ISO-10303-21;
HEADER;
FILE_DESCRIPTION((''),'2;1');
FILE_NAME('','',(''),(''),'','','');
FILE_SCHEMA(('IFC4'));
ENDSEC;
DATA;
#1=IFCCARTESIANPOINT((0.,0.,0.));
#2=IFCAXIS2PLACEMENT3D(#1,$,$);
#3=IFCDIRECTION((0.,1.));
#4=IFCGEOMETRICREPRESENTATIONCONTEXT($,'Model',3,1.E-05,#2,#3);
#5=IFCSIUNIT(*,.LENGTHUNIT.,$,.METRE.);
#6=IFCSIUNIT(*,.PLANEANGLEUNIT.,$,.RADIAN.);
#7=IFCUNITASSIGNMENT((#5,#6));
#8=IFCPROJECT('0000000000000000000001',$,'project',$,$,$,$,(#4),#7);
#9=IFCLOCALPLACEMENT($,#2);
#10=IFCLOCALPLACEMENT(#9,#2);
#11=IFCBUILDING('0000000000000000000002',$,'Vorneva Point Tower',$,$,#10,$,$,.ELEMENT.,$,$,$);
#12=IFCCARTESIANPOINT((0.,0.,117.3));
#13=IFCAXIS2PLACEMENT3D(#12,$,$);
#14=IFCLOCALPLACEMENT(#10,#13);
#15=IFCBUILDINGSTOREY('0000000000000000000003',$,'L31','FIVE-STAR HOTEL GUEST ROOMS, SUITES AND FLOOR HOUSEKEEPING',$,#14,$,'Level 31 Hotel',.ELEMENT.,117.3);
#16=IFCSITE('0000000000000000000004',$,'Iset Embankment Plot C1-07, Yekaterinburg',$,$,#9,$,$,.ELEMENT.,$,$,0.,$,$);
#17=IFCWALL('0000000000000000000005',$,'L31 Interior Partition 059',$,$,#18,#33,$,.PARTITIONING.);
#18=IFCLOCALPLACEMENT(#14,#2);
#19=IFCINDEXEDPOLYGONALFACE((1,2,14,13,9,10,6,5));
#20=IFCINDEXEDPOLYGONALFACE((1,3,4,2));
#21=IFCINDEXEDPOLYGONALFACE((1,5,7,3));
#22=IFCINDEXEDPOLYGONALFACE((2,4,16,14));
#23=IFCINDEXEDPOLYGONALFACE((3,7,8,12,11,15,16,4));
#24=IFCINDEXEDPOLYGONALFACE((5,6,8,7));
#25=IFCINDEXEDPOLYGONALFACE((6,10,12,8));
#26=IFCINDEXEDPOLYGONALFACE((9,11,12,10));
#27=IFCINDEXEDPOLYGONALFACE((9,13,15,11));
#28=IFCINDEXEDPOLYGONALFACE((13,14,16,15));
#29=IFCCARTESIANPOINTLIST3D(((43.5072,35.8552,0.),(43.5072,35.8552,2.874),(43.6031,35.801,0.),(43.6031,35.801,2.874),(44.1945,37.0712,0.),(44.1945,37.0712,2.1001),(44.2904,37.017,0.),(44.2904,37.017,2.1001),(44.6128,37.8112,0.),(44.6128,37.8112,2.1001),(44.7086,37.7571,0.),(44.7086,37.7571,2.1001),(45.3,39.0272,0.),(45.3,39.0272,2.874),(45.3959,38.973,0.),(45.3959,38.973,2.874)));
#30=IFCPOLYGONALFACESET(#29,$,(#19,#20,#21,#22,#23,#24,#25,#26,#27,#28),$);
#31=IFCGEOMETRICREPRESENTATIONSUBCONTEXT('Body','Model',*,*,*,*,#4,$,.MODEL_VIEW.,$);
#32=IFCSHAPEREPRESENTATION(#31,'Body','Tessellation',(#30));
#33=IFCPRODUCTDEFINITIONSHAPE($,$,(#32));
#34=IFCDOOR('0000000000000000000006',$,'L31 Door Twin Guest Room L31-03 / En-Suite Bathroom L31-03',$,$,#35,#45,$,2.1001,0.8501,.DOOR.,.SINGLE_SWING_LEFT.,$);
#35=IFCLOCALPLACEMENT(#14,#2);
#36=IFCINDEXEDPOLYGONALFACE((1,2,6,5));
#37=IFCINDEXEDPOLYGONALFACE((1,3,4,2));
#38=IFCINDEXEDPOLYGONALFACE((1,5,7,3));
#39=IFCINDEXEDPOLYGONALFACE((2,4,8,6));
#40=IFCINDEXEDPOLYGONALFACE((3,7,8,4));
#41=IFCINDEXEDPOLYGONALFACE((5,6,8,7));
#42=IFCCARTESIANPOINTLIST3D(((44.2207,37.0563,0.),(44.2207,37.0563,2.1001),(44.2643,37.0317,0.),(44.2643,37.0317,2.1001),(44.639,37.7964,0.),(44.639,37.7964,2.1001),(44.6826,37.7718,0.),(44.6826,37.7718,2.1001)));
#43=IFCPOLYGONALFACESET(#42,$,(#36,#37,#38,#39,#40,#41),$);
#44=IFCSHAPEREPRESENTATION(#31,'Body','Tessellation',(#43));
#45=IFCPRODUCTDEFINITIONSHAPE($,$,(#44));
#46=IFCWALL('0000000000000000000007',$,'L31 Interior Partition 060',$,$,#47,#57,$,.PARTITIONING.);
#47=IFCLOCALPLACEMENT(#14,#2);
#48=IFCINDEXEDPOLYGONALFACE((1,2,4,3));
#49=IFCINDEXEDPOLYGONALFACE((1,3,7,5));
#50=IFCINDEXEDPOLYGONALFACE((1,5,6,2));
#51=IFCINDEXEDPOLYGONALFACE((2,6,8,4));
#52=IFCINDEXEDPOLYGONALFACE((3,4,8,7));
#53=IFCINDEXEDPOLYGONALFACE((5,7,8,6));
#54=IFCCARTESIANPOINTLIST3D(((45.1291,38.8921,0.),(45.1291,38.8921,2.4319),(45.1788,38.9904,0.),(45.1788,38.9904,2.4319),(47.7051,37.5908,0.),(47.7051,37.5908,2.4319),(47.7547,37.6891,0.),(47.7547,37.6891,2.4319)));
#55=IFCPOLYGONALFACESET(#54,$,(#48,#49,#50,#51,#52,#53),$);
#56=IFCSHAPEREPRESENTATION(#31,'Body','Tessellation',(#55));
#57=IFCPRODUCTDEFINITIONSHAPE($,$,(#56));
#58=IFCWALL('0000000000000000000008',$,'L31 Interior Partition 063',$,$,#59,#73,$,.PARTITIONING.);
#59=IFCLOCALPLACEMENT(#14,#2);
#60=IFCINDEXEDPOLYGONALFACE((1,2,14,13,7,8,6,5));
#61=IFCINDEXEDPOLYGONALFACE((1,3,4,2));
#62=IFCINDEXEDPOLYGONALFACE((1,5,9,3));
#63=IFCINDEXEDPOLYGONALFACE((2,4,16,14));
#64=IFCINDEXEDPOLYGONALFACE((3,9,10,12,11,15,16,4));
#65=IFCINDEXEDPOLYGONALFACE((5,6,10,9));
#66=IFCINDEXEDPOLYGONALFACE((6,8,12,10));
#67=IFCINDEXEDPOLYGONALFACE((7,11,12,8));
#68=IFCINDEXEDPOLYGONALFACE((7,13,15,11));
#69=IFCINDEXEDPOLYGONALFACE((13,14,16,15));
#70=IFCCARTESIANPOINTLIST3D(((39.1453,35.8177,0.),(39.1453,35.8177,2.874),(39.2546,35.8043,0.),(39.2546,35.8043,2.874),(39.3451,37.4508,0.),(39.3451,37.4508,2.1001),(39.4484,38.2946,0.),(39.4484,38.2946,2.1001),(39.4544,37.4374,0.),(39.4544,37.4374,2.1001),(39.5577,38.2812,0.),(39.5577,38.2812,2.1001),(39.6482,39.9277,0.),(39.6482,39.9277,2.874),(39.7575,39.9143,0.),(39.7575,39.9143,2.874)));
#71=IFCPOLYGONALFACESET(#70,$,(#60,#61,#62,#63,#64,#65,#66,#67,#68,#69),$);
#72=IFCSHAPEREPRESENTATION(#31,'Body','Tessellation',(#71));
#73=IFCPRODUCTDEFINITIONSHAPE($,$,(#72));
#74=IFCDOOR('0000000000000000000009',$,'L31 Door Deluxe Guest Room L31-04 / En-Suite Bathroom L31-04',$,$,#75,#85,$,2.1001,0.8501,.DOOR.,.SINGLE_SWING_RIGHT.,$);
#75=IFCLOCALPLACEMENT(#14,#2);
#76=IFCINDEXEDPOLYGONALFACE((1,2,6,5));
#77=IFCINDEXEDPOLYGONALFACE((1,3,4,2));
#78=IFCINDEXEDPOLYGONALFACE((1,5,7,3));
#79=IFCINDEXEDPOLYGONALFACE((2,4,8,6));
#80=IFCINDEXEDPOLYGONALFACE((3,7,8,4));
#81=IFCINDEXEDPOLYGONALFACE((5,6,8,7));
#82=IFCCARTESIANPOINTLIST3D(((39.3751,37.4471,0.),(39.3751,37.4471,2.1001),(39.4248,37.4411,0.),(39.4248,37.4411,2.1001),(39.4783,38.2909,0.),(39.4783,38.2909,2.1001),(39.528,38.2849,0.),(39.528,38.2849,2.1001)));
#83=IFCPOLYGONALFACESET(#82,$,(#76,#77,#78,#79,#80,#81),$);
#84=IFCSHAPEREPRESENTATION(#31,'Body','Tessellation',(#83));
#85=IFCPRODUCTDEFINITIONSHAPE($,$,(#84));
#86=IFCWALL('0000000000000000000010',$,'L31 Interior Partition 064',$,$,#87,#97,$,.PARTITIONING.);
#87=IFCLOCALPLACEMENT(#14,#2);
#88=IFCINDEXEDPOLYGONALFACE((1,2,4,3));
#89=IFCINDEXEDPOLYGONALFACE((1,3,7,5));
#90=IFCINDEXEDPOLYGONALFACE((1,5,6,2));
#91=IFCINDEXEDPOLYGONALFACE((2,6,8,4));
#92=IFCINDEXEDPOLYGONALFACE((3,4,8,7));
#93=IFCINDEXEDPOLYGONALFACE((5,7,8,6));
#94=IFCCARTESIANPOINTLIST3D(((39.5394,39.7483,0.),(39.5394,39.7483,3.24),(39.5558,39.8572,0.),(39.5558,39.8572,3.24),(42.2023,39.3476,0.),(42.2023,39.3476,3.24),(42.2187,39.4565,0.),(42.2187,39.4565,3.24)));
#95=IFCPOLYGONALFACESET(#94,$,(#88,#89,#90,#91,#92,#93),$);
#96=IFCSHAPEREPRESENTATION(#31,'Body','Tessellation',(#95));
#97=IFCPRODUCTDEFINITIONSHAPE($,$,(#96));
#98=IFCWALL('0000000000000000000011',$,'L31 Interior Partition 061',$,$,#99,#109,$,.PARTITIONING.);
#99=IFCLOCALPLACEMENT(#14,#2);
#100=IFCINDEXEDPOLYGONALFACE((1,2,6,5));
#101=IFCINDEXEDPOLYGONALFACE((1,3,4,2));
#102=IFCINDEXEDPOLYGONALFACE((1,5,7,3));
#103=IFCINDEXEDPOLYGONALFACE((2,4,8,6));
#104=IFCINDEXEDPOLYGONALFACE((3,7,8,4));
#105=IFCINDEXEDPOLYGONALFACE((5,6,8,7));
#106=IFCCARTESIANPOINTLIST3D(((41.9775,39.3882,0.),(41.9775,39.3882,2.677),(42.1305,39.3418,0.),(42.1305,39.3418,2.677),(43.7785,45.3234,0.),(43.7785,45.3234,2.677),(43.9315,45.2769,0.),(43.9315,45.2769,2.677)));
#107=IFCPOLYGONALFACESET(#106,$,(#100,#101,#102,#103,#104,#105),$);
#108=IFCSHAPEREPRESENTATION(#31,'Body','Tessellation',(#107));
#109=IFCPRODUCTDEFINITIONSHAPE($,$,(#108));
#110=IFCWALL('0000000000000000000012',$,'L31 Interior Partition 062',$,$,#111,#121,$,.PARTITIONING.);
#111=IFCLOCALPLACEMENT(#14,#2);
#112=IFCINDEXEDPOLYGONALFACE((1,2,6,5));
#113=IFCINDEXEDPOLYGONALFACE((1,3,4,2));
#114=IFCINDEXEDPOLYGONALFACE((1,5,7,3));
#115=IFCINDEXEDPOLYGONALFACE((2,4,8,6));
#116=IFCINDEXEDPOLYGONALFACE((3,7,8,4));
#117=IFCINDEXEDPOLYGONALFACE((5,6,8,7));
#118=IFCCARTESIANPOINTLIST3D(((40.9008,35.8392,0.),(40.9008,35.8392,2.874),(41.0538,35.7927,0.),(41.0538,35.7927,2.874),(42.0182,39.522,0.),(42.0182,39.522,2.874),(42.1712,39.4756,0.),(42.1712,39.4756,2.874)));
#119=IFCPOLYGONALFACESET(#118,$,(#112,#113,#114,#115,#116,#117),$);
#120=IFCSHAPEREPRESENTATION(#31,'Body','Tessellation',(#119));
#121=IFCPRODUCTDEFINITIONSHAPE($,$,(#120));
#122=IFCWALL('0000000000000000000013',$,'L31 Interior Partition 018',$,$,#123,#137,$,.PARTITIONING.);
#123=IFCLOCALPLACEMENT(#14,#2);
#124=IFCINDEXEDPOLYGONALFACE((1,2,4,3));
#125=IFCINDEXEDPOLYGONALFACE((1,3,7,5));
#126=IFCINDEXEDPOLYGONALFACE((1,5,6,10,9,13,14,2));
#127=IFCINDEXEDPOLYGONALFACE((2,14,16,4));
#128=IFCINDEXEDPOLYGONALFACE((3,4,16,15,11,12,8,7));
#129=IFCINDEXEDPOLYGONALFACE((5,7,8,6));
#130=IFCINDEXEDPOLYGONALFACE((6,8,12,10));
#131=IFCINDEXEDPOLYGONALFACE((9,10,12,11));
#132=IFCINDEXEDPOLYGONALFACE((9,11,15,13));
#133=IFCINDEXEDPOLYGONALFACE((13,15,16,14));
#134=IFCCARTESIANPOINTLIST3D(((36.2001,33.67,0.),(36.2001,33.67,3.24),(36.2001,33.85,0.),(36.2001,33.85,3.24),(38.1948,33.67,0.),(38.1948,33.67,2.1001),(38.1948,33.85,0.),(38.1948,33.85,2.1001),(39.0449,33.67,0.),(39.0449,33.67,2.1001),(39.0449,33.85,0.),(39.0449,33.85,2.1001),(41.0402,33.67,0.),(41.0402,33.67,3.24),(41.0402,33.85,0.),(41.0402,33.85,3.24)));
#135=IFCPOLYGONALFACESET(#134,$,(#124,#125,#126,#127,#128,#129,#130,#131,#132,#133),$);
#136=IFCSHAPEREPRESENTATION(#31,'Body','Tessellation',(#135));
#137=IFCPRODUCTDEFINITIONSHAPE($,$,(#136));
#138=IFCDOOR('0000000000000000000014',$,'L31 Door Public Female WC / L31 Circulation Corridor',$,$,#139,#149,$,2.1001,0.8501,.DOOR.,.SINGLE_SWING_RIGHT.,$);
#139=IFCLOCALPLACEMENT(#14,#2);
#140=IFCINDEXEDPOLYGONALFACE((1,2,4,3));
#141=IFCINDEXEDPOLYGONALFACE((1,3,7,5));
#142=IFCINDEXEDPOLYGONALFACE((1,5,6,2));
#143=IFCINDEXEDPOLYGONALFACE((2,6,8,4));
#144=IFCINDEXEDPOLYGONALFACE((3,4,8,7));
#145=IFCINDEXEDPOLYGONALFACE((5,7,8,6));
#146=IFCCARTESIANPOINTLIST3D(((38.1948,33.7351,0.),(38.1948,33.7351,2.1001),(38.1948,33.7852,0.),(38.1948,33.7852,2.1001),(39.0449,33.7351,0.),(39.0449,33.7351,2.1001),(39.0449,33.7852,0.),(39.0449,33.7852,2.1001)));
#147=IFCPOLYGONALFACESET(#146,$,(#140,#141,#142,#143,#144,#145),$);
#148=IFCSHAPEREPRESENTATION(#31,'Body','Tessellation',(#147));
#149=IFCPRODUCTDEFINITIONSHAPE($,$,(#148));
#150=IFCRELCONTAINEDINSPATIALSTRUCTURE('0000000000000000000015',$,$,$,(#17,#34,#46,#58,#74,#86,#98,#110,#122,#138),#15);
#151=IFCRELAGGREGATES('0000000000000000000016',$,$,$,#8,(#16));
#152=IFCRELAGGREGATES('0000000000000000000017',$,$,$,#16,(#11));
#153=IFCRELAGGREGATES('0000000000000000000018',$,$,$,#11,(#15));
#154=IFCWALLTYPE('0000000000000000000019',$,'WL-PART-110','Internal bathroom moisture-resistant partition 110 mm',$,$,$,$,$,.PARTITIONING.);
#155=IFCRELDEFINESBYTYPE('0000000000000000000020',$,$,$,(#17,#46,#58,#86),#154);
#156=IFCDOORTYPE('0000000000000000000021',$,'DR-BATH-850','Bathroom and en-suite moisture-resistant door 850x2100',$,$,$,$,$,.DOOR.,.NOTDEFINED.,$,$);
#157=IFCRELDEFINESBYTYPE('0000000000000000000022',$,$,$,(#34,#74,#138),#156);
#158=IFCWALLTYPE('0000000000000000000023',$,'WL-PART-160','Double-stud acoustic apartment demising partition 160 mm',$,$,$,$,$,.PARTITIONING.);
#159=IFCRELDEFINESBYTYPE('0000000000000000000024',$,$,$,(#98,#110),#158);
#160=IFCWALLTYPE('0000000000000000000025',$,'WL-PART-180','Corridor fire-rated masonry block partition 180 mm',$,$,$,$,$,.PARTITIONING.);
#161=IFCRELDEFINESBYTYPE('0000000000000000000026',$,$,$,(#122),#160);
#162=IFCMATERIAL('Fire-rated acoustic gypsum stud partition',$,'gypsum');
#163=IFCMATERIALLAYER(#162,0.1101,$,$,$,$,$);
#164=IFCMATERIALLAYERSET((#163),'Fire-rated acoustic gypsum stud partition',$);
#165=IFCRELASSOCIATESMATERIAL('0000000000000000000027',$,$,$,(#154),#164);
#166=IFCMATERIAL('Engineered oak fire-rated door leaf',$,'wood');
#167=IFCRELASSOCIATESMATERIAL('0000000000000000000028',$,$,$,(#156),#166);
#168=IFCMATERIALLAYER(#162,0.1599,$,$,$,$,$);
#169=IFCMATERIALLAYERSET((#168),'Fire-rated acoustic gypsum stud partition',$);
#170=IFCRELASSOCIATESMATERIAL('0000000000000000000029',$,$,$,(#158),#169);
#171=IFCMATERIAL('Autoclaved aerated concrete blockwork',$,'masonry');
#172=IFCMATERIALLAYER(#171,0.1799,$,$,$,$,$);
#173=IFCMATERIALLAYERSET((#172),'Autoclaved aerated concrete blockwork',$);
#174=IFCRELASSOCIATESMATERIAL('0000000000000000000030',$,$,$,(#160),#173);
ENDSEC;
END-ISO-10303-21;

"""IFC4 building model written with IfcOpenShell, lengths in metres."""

from ifc_helpers import new_model, si_unit, direction, frame, frame_2d, origin, place, context, subcontext, project, spatial, rectangle, extrude, material, layer, layer_set, type_object, element, fill, save


model = new_model("IFC4")

# Units and contexts
model_context = context("Model", 3, precision=1e-05, world=origin(), true_north=direction((0.0, 1.0)))
body_context = subcontext(model_context, "Body", "Model", "MODEL_VIEW")
ifc_project = project(units=[si_unit("LENGTHUNIT", "METRE"), si_unit("PLANEANGLEUNIT", "RADIAN")], contexts=[model_context])

# Site, building, storey
site_placement = place(None, origin())
site = spatial("IfcSite", under=ifc_project, at=site_placement, Name="Iset Embankment Plot C1-07, Yekaterinburg", CompositionType="ELEMENT", RefElevation=0.0)
building_placement = place(site_placement, origin())
building = spatial("IfcBuilding", under=site, at=building_placement, Name="Vorneva Point Tower", CompositionType="ELEMENT")
storey_placement = place(building_placement, frame((0.0, 0.0, 117.3)))
storey = spatial("IfcBuildingStorey", under=building, at=storey_placement, Name="L31", Description="FIVE-STAR HOTEL GUEST ROOMS, SUITES AND FLOOR HOUSEKEEPING", LongName="Level 31 Hotel", CompositionType="ELEMENT", Elevation=117.3)

# Wall, opening, door
ifc_material_1 = material(Name="Fire-rated acoustic gypsum stud partition", Category="gypsum")
ifc_layer_1 = layer(ifc_material_1, 0.1101)
ifc_layer_set_1 = layer_set([ifc_layer_1], Name="Fire-rated acoustic gypsum stud partition")
wall_type_1 = type_object("IfcWallType", Name="WL-PART-110", Description="Internal bathroom moisture-resistant partition 110 mm", PredefinedType="PARTITIONING", material=ifc_layer_set_1)
wall_1_placement = place(storey_placement, frame((43.5552, 35.8281, 0.0), z_axis=(0.0, 0.0, 1.0), x_axis=(0.492042, 0.870572, 0.0)))
wall_1 = element("IfcWall", 1, at=wall_1_placement, inside=storey, type_object=wall_type_1, Name="L31 Interior Partition 059", PredefinedType="PARTITIONING", context=body_context, shape_type="SweptSolid", body=[
    extrude(rectangle(XDim=3.6436, YDim=0.1101, at=frame_2d((1.8218, 0.0))), origin(), (0.0, 0.0, 1.0), 2.874),
])
opening_1_placement = place(wall_1_placement, frame((1.3967, 0.0, 0.0)))
opening_1 = element("IfcOpeningElement", 2, at=opening_1_placement, cuts=wall_1, PredefinedType="OPENING", context=body_context, shape_type="SweptSolid", body=[
    extrude(rectangle(XDim=0.8501, YDim=2.1001, at=frame_2d((0.425, 1.05))), frame((0.0, 0.0698, 0.0), z_axis=(0.0, -1.0, 0.0), x_axis=(1.0, 0.0, 0.0)), (0.0, 0.0, 1.0), 0.1399),
])
ifc_material_2 = material(Name="Engineered oak fire-rated door leaf", Category="wood")
door_type_1 = type_object("IfcDoorType", Name="DR-BATH-850", Description="Bathroom and en-suite moisture-resistant door 850x2100", OperationType="NOTDEFINED", PredefinedType="DOOR", material=ifc_material_2)
door_1_placement = place(opening_1_placement, origin())
door_1 = element("IfcDoor", 3, at=door_1_placement, inside=storey, type_object=door_type_1, Name="L31 Door Twin Guest Room L31-03 / En-Suite Bathroom L31-03", OperationType="SINGLE_SWING_LEFT", OverallHeight=2.1001, OverallWidth=0.8501, PredefinedType="DOOR", context=body_context, shape_type="SweptSolid", body=[
    extrude(rectangle(XDim=0.8501, YDim=2.1001, at=frame_2d((0.425, 1.05))), frame((0.0, 0.0249, 0.0), z_axis=(0.0, -1.0, 0.0), x_axis=(1.0, 0.0, 0.0)), (0.0, 0.0, 1.0), 0.05),
])
fill(opening_1, door_1)

# Wall
wall_2_placement = place(storey_placement, frame((45.1541, 38.9412, 0.0), z_axis=(0.0, 0.0, 1.0), x_axis=(0.892575, -0.450898, 0.0)))
element("IfcWall", 4, at=wall_2_placement, inside=storey, type_object=wall_type_1, Name="L31 Interior Partition 060", PredefinedType="PARTITIONING", context=body_context, shape_type="SweptSolid", body=[
    extrude(rectangle(XDim=2.886, YDim=0.1101, at=frame_2d((1.4429, 0.0))), origin(), (0.0, 0.0, 1.0), 2.4319),
])

# Wall, opening, door
wall_3_placement = place(storey_placement, frame((39.2, 35.811, 0.0), z_axis=(0.0, 0.0, 1.0), x_axis=(0.121465, 0.992596, 0.0)))
wall_3 = element("IfcWall", 5, at=wall_3_placement, inside=storey, type_object=wall_type_1, Name="L31 Interior Partition 063", PredefinedType="PARTITIONING", context=body_context, shape_type="SweptSolid", body=[
    extrude(rectangle(XDim=4.1406, YDim=0.1101, at=frame_2d((2.0703, 0.0))), origin(), (0.0, 0.0, 1.0), 2.874),
])
opening_2_placement = place(wall_3_placement, frame((1.6453, 0.0, 0.0)))
opening_2 = element("IfcOpeningElement", 6, at=opening_2_placement, cuts=wall_3, PredefinedType="OPENING", context=body_context, shape_type="SweptSolid", body=[
    extrude(rectangle(XDim=0.8501, YDim=2.1001, at=frame_2d((0.425, 1.05))), frame((0.0, 0.0698, 0.0), z_axis=(0.0, -1.0, 0.0), x_axis=(1.0, 0.0, 0.0)), (0.0, 0.0, 1.0), 0.1399),
])
door_2_placement = place(opening_2_placement, origin())
door_2 = element("IfcDoor", 7, at=door_2_placement, inside=storey, type_object=door_type_1, Name="L31 Door Deluxe Guest Room L31-04 / En-Suite Bathroom L31-04", OperationType="SINGLE_SWING_RIGHT", OverallHeight=2.1001, OverallWidth=0.8501, PredefinedType="DOOR", context=body_context, shape_type="SweptSolid", body=[
    extrude(rectangle(XDim=0.8501, YDim=2.1001, at=frame_2d((0.425, 1.05))), frame((0.0, 0.0249, 0.0), z_axis=(0.0, -1.0, 0.0), x_axis=(1.0, 0.0, 0.0)), (0.0, 0.0, 1.0), 0.05),
])
fill(opening_2, door_2)

# Walls
wall_4_placement = place(storey_placement, frame((39.5476, 39.8027, 0.0), z_axis=(0.0, 0.0, 1.0), x_axis=(0.98887, -0.148779, 0.0)))
element("IfcWall", 8, at=wall_4_placement, inside=storey, type_object=wall_type_1, Name="L31 Interior Partition 064", PredefinedType="PARTITIONING", context=body_context, shape_type="SweptSolid", body=[
    extrude(rectangle(XDim=2.6929, YDim=0.1101, at=frame_2d((1.3464, 0.0))), origin(), (0.0, 0.0, 1.0), 3.24),
])
ifc_layer_2 = layer(ifc_material_1, 0.1599)
ifc_layer_set_2 = layer_set([ifc_layer_2], Name="Fire-rated acoustic gypsum stud partition")
wall_type_2 = type_object("IfcWallType", Name="WL-PART-160", Description="Double-stud acoustic apartment demising partition 160 mm", PredefinedType="PARTITIONING", material=ifc_layer_set_2)
wall_5_placement = place(storey_placement, frame((43.855, 45.3, 0.0), z_axis=(0.0, 0.0, 1.0), x_axis=(-0.29038, -0.956911, 0.0)))
element("IfcWall", 9, at=wall_5_placement, inside=storey, type_object=wall_type_2, Name="L31 Interior Partition 061", PredefinedType="PARTITIONING", context=body_context, shape_type="SweptSolid", body=[
    extrude(rectangle(XDim=6.2024, YDim=0.1599, at=frame_2d((3.1011, 0.0))), origin(), (0.0, 0.0, 1.0), 2.677),
])
wall_6_placement = place(storey_placement, frame((42.0947, 39.4988, 0.0), z_axis=(0.0, 0.0, 1.0), x_axis=(-0.290344, -0.956922, 0.0)))
element("IfcWall", 10, at=wall_6_placement, inside=storey, type_object=wall_type_2, Name="L31 Interior Partition 062", PredefinedType="PARTITIONING", context=body_context, shape_type="SweptSolid", body=[
    extrude(rectangle(XDim=3.8486, YDim=0.1599, at=frame_2d((1.9243, 0.0))), origin(), (0.0, 0.0, 1.0), 2.874),
])

# Wall, opening, door
ifc_material_3 = material(Name="Autoclaved aerated concrete blockwork", Category="masonry")
ifc_layer_3 = layer(ifc_material_3, 0.1799)
ifc_layer_set_3 = layer_set([ifc_layer_3], Name="Autoclaved aerated concrete blockwork")
wall_type_3 = type_object("IfcWallType", Name="WL-PART-180", Description="Corridor fire-rated masonry block partition 180 mm", PredefinedType="PARTITIONING", material=ifc_layer_set_3)
wall_7_placement = place(storey_placement, frame((41.04, 33.76, 0.0), z_axis=(0.0, 0.0, 1.0), x_axis=(-1.0, 0.0, 0.0)))
wall_7 = element("IfcWall", 11, at=wall_7_placement, inside=storey, type_object=wall_type_3, Name="L31 Interior Partition 018", PredefinedType="PARTITIONING", context=body_context, shape_type="SweptSolid", body=[
    extrude(rectangle(XDim=4.8401, YDim=0.1799, at=frame_2d((2.4199, 0.0))), origin(), (0.0, 0.0, 1.0), 3.24),
])
opening_3_placement = place(wall_7_placement, frame((1.9951, 0.0, 0.0)))
opening_3 = element("IfcOpeningElement", 12, at=opening_3_placement, cuts=wall_7, PredefinedType="OPENING", context=body_context, shape_type="SweptSolid", body=[
    extrude(rectangle(XDim=0.8501, YDim=2.1001, at=frame_2d((0.425, 1.05))), frame((0.0, 0.105, 0.0), z_axis=(0.0, -1.0, 0.0), x_axis=(1.0, 0.0, 0.0)), (0.0, 0.0, 1.0), 0.2097),
])
door_3_placement = place(opening_3_placement, origin())
door_3 = element("IfcDoor", 13, at=door_3_placement, inside=storey, type_object=door_type_1, Name="L31 Door Public Female WC / L31 Circulation Corridor", OperationType="SINGLE_SWING_RIGHT", OverallHeight=2.1001, OverallWidth=0.8501, PredefinedType="DOOR", context=body_context, shape_type="SweptSolid", body=[
    extrude(rectangle(XDim=0.8501, YDim=2.1001, at=frame_2d((0.425, 1.05))), frame((0.0, 0.0249, 0.0), z_axis=(0.0, -1.0, 0.0), x_axis=(1.0, 0.0, 0.0)), (0.0, 0.0, 1.0), 0.05),
])
fill(opening_3, door_3)

save(model, "model.ifc")
